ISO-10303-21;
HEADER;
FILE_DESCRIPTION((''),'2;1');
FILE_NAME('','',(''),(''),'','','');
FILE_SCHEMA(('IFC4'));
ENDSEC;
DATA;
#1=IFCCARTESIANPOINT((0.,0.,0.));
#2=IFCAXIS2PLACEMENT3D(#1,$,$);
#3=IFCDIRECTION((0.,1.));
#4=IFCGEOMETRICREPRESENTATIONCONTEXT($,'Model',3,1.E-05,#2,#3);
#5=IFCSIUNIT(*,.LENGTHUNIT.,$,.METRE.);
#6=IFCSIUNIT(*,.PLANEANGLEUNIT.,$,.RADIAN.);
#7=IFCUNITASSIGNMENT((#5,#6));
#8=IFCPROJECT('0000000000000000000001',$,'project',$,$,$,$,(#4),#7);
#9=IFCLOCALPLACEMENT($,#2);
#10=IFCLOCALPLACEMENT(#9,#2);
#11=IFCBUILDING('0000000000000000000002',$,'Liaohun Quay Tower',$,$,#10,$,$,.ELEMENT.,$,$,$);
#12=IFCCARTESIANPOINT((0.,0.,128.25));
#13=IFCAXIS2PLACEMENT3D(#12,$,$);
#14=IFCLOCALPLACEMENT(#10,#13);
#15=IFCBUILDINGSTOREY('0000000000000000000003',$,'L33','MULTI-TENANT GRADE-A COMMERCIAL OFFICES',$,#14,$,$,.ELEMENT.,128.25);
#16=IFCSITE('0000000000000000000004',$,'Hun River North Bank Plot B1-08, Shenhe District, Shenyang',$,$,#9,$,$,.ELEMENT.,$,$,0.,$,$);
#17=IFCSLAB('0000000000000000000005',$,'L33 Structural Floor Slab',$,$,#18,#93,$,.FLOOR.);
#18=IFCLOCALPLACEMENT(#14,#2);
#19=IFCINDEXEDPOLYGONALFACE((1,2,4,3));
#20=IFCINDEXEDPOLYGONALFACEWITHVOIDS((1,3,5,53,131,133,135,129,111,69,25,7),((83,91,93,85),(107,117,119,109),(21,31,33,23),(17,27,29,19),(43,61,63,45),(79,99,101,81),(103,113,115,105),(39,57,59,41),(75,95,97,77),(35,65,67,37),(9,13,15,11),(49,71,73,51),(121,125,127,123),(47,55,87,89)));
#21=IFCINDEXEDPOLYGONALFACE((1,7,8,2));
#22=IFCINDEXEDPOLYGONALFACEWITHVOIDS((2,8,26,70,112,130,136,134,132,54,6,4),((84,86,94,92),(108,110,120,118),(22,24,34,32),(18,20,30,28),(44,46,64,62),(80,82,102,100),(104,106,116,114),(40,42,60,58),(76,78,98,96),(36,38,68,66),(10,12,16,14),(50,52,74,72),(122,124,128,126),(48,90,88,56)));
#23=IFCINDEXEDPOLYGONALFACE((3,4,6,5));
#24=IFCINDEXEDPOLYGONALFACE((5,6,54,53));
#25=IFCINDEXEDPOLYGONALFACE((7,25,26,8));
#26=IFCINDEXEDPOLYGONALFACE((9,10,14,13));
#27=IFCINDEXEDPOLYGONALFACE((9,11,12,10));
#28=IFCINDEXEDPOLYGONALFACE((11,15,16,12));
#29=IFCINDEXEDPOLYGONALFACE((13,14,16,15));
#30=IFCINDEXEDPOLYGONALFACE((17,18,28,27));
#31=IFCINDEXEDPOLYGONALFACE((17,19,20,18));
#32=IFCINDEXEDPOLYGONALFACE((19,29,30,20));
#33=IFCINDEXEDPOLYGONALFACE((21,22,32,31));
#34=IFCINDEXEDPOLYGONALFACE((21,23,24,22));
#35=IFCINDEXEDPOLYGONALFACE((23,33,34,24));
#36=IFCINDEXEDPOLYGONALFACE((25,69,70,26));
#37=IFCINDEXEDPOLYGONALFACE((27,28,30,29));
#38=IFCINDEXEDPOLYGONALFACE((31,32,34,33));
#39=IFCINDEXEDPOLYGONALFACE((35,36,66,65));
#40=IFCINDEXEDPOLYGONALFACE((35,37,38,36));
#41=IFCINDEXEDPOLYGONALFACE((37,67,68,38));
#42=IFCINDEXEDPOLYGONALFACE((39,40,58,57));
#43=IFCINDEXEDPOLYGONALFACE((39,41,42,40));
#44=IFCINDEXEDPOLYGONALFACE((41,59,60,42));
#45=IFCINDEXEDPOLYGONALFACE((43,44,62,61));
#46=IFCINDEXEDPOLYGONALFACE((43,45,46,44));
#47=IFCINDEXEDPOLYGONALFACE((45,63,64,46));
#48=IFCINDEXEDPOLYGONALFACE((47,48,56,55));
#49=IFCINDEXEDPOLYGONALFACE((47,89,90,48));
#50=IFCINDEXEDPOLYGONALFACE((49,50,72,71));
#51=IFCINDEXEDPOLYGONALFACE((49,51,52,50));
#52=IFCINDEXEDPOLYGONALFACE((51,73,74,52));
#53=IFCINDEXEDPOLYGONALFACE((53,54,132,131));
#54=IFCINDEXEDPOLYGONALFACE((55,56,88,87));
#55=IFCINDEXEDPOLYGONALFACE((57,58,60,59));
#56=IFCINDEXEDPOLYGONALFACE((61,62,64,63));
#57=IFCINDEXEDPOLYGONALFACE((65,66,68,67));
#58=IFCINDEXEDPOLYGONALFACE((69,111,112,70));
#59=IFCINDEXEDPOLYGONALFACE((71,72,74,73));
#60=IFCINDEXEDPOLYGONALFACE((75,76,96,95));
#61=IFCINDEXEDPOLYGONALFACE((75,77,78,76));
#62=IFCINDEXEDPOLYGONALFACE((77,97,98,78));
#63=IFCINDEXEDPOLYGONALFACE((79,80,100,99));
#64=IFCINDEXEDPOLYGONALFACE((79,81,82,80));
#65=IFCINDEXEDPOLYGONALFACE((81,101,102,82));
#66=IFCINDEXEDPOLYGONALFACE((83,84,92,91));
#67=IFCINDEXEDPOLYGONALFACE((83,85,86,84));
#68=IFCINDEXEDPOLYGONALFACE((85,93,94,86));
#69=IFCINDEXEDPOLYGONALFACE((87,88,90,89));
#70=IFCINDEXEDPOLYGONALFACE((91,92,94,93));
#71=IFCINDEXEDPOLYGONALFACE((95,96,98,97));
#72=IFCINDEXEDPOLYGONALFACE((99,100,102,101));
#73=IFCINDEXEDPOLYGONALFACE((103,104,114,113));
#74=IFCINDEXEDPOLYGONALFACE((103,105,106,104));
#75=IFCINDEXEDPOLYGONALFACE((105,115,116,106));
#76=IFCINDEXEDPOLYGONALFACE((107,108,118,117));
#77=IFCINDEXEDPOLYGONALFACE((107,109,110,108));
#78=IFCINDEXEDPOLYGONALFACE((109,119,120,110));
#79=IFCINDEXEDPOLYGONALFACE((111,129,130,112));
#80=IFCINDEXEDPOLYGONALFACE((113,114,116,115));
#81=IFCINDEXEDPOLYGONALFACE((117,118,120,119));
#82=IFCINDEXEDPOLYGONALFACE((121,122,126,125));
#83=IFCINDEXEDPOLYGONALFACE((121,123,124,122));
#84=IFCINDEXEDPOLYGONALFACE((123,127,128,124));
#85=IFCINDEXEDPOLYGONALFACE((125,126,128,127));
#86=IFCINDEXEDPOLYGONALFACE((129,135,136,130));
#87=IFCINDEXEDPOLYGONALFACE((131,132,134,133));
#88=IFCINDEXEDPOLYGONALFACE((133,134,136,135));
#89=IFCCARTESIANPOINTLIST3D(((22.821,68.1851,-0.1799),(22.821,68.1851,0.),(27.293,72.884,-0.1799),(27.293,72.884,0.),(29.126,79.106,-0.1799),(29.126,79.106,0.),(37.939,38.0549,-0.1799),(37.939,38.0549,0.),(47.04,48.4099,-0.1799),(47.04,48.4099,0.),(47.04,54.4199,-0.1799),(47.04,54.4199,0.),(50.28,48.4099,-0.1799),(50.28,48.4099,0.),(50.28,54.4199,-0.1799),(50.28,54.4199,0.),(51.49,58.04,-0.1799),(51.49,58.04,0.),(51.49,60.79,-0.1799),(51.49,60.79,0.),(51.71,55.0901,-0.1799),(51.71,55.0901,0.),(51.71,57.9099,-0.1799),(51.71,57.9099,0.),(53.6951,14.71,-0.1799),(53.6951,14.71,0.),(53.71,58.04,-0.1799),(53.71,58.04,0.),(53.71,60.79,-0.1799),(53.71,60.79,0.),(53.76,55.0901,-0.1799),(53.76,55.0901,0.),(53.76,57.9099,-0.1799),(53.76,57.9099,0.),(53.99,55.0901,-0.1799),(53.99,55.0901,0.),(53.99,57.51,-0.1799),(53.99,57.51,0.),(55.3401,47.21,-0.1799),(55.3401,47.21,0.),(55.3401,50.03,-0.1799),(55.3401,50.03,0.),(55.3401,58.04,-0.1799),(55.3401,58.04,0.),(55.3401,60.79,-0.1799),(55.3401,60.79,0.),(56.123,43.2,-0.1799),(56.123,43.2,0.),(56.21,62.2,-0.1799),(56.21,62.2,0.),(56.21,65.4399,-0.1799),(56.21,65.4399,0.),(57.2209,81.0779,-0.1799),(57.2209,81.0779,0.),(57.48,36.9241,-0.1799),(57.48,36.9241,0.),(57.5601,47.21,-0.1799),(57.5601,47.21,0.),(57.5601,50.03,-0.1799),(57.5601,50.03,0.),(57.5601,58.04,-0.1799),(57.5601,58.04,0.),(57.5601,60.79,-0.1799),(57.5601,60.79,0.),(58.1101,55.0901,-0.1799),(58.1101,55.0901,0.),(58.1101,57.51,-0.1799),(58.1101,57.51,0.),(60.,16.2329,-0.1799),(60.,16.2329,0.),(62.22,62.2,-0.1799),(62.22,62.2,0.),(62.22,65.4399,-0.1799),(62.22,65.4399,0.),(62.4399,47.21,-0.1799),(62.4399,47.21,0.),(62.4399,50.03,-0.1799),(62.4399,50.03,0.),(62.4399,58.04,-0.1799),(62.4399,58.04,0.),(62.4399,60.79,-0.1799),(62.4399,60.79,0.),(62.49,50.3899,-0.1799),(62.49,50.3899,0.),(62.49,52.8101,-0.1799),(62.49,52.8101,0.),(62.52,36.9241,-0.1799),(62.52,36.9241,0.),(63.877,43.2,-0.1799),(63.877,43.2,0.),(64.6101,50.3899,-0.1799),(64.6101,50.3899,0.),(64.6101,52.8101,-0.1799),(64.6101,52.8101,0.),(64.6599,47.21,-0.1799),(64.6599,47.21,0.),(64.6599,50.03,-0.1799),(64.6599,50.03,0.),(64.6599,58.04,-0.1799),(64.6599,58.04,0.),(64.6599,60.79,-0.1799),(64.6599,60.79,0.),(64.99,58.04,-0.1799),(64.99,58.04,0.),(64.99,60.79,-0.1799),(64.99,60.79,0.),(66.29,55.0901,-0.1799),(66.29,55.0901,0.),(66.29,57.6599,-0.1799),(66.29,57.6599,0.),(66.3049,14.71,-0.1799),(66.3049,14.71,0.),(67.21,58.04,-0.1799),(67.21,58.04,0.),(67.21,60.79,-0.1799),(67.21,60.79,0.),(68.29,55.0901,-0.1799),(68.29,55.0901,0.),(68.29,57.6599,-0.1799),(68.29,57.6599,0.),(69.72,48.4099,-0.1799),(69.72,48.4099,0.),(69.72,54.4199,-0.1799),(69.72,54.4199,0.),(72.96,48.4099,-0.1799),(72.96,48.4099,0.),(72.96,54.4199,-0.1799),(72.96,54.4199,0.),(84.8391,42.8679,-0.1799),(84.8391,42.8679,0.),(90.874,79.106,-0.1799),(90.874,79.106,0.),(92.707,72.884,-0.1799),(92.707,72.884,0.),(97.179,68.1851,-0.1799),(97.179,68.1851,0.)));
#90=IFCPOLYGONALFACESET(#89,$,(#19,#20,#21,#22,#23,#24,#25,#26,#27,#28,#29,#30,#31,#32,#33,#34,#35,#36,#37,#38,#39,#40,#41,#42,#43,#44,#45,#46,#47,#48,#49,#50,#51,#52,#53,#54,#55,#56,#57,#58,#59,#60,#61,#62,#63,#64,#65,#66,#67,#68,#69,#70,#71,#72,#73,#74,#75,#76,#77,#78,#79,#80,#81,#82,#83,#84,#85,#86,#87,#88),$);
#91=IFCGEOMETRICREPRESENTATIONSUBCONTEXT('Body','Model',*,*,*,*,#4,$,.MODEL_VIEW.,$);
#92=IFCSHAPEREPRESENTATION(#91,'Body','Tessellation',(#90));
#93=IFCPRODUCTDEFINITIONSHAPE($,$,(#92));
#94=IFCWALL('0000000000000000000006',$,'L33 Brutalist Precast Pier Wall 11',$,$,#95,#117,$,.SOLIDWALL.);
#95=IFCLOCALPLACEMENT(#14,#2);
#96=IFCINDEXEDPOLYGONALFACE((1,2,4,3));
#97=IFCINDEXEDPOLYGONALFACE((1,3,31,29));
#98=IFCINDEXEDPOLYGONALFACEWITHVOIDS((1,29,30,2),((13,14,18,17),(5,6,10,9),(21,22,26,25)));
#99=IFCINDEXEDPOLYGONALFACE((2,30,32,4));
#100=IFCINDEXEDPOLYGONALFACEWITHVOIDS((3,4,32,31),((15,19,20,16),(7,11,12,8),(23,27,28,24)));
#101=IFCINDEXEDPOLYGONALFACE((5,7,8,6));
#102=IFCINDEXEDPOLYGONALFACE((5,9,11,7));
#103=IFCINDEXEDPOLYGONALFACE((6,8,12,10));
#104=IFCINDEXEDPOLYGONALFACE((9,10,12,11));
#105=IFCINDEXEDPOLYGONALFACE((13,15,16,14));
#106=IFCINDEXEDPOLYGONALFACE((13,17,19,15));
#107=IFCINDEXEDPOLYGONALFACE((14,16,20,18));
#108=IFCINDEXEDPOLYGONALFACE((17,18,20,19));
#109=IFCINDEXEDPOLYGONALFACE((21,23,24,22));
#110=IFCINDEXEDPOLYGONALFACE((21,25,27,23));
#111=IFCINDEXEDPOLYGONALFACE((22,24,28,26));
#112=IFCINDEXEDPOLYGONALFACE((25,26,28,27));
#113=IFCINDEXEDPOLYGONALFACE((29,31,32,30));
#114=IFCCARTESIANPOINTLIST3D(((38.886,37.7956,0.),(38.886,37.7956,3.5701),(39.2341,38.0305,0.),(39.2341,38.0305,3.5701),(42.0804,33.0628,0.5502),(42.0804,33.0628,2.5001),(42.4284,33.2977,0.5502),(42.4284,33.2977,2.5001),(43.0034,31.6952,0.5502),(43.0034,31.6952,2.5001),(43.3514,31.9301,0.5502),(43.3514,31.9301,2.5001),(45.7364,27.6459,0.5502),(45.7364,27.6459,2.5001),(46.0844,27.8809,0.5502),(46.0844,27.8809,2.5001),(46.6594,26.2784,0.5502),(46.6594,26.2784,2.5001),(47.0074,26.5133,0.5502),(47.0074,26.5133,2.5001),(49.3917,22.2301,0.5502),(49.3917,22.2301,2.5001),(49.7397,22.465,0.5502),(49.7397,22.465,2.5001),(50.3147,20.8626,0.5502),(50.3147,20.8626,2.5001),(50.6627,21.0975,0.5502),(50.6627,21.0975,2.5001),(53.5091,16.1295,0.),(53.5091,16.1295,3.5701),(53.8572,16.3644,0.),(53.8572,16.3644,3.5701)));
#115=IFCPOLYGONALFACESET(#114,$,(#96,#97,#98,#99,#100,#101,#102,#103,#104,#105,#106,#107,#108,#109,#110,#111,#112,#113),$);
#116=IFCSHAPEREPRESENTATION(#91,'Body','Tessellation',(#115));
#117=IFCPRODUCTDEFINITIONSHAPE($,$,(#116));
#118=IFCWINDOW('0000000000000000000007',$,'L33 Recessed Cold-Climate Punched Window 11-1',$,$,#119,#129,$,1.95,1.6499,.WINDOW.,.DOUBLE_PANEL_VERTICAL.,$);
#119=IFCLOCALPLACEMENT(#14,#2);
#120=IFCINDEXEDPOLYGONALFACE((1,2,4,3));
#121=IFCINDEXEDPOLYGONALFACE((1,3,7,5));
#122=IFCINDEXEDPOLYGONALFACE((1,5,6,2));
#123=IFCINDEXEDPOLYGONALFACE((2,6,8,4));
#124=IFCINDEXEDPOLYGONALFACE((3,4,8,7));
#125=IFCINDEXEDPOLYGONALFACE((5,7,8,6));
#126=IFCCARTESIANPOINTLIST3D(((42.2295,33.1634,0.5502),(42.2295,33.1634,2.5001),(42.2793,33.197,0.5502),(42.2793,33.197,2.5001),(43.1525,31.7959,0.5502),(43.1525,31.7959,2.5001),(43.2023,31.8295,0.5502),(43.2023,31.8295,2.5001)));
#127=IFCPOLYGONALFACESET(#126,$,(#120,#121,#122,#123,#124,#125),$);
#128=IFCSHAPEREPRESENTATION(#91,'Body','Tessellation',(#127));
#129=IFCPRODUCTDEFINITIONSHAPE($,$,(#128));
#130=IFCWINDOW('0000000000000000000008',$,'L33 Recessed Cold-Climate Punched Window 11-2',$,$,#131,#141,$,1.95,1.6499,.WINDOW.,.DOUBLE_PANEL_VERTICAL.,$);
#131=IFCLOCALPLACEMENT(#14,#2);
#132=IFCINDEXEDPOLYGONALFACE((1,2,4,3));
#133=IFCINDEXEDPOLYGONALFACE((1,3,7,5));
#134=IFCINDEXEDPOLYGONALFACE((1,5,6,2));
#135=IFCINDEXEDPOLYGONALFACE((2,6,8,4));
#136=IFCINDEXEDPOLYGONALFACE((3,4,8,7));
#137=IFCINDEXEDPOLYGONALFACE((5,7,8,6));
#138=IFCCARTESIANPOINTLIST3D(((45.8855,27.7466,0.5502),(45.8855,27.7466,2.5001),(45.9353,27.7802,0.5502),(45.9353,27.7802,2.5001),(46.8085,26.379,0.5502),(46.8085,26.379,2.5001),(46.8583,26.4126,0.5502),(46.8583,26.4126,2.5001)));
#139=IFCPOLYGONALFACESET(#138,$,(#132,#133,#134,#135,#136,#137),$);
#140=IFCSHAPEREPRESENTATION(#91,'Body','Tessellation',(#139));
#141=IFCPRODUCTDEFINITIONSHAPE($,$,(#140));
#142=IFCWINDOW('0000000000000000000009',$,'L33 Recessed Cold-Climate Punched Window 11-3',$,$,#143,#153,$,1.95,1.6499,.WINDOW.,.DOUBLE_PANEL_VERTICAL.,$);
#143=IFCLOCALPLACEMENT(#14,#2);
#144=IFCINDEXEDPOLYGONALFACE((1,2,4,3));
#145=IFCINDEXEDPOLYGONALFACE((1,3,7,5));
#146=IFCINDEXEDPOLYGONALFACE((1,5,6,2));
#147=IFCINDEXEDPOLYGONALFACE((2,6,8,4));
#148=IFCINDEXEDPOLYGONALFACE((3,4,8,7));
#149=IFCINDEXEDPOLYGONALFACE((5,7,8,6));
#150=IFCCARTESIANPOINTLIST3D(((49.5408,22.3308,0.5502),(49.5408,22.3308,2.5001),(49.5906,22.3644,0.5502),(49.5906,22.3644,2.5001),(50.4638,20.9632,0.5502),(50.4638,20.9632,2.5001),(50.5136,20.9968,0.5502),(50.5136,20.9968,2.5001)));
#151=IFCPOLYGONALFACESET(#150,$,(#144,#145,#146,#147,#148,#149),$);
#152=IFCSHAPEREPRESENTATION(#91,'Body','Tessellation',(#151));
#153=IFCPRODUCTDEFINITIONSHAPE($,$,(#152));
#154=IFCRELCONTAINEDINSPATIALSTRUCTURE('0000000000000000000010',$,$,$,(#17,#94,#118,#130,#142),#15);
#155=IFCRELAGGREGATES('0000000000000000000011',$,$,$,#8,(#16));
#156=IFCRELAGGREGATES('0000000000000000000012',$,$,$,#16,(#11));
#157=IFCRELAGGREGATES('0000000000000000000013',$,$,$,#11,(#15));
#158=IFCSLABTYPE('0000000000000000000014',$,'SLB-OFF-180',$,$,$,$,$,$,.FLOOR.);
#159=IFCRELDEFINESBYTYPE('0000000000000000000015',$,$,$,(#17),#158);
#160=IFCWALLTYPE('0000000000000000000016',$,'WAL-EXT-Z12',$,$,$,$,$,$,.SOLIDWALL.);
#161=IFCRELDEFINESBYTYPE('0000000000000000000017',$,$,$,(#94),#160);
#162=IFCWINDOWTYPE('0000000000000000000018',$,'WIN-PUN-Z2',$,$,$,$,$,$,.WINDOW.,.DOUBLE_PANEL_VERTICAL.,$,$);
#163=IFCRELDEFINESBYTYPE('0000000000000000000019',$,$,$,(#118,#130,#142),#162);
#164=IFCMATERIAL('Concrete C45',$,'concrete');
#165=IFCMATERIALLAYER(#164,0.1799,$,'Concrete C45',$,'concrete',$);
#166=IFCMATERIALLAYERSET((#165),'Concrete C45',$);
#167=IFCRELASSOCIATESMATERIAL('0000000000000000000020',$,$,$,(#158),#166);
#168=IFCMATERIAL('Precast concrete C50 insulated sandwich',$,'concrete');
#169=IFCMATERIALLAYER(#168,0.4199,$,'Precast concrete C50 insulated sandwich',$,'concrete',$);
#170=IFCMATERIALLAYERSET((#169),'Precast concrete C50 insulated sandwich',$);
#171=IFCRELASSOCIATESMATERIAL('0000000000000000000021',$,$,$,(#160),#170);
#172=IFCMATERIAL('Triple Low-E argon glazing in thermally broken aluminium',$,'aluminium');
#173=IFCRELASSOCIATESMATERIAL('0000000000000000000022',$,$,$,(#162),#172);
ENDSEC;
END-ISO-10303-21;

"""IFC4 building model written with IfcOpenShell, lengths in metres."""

from ifc_helpers import new_model, si_unit, direction, frame, frame_2d, origin, place, context, subcontext, project, spatial, polyline, rectangle, outline, extrude, source, transform, mapped, material, layer, layer_set, type_object, element, fill, save


model = new_model("IFC4")

# Units and contexts
model_context = context("Model", 3, precision=1e-05, world=origin(), true_north=direction((0.0, 1.0)))
body_context = subcontext(model_context, "Body", "Model", "MODEL_VIEW")
ifc_project = project(units=[si_unit("LENGTHUNIT", "METRE"), si_unit("PLANEANGLEUNIT", "RADIAN")], contexts=[model_context])

# Site, building, storey
site_placement = place(None, origin())
site = spatial("IfcSite", under=ifc_project, at=site_placement, Name="Hun River North Bank Plot B1-08, Shenhe District, Shenyang", CompositionType="ELEMENT", RefElevation=0.0)
building_placement = place(site_placement, origin())
building = spatial("IfcBuilding", under=site, at=building_placement, Name="Liaohun Quay Tower", CompositionType="ELEMENT")
storey_placement = place(building_placement, frame((0.0, 0.0, 128.25)))
storey = spatial("IfcBuildingStorey", under=building, at=storey_placement, Name="L33", Description="MULTI-TENANT GRADE-A COMMERCIAL OFFICES", CompositionType="ELEMENT", Elevation=128.25)

# Shared definitions
ifc_material_1 = material(Name="Concrete C45", Category="concrete")

# Slab
ifc_layer_1 = layer(ifc_material_1, 0.1799, Name="Concrete C45", Category="concrete")
ifc_layer_set_1 = layer_set([ifc_layer_1], Name="Concrete C45")
slab_type_1 = type_object("IfcSlabType", Name="SLB-OFF-180", PredefinedType="FLOOR", material=ifc_layer_set_1)
slab_1_placement = place(storey_placement, frame((0.0, 0.0, -0.1799)))
element("IfcSlab", 1, at=slab_1_placement, inside=storey, type_object=slab_type_1, Name="L33 Structural Floor Slab", PredefinedType="FLOOR", context=body_context, shape_type="SweptSolid", body=[
    extrude(outline(polyline([(53.6951, 14.71), (60.0, 16.2329), (66.3049, 14.71), (84.8391, 42.8679), (97.179, 68.1851), (92.707, 72.884), (90.874, 79.106), (57.2209, 81.0779), (29.126, 79.106), (27.293, 72.884), (22.821, 68.1851), (37.939, 38.0549), (53.6951, 14.71)]), holes=[polyline([(57.5601, 50.03), (55.3401, 50.03), (55.3401, 47.21), (57.5601, 47.21), (57.5601, 50.03)]), polyline([(50.28, 54.4199), (47.04, 54.4199), (47.04, 48.4099), (50.28, 48.4099), (50.28, 54.4199)]), polyline([(53.99, 55.0901), (58.1101, 55.0901), (58.1101, 57.51), (53.99, 57.51), (53.99, 55.0901)]), polyline([(53.76, 55.0901), (53.76, 57.9099), (51.71, 57.9099), (51.71, 55.0901), (53.76, 55.0901)]), polyline([(53.71, 58.04), (53.71, 60.79), (51.49, 60.79), (51.49, 58.04), (53.71, 58.04)]), polyline([(57.5601, 58.04), (57.5601, 60.79), (55.3401, 60.79), (55.3401, 58.04), (57.5601, 58.04)]), polyline([(62.22, 62.2), (62.22, 65.4399), (56.21, 65.4399), (56.21, 62.2), (62.22, 62.2)]), polyline([(62.52, 36.9241), (63.877, 43.2), (56.123, 43.2), (57.48, 36.9241), (62.52, 36.9241)]), polyline([(64.6599, 47.21), (64.6599, 50.03), (62.4399, 50.03), (62.4399, 47.21), (64.6599, 47.21)]), polyline([(72.96, 54.4199), (69.72, 54.4199), (69.72, 48.4099), (72.96, 48.4099), (72.96, 54.4199)]), polyline([(64.6101, 50.3899), (64.6101, 52.8101), (62.49, 52.8101), (62.49, 50.3899), (64.6101, 50.3899)]), polyline([(68.29, 55.0901), (68.29, 57.6599), (66.29, 57.6599), (66.29, 55.0901), (68.29, 55.0901)]), polyline([(64.6599, 58.04), (64.6599, 60.79), (62.4399, 60.79), (62.4399, 58.04), (64.6599, 58.04)]), polyline([(67.21, 58.04), (67.21, 60.79), (64.99, 60.79), (64.99, 58.04), (67.21, 58.04)])]), origin(), (0.0, 0.0, 1.0), 0.1799),
])

# Wall, openings, windows
ifc_material_2 = material(Name="Precast concrete C50 insulated sandwich", Category="concrete")
ifc_layer_2 = layer(ifc_material_2, 0.4199, Name="Precast concrete C50 insulated sandwich", Category="concrete")
ifc_layer_set_2 = layer_set([ifc_layer_2], Name="Precast concrete C50 insulated sandwich")
wall_type_1 = type_object("IfcWallType", Name="WAL-EXT-Z12", PredefinedType="SOLIDWALL", material=ifc_layer_set_2)
wall_1_placement = place(storey_placement, frame((39.0601, 37.9131, 0.0), z_axis=(0.0, 0.0, 1.0), x_axis=(0.559433, -0.828876, 0.0)))
wall_1 = element("IfcWall", 2, at=wall_1_placement, inside=storey, type_object=wall_type_1, Name="L33 Brutalist Precast Pier Wall 11", PredefinedType="SOLIDWALL", context=body_context, shape_type="SweptSolid", body=[
    extrude(rectangle(XDim=26.1392, YDim=0.4199, at=frame_2d((13.0696, 0.0))), origin(), (0.0, 0.0, 1.0), 3.5701),
])
shared_shape_1 = source(origin(), body_context, "Body", "SweptSolid", [
    extrude(rectangle(XDim=1.6499, YDim=1.95, at=frame_2d((0.825, 0.9751))), frame((0.0, 0.22, 0.0), z_axis=(0.0, -1.0, 0.0), x_axis=(1.0, 0.0, 0.0)), (0.0, 0.0, 1.0), 0.4399),
])
opening_1_placement = place(wall_1_placement, frame((5.71, 0.0, 0.55)))
opening_1 = element("IfcOpeningElement", 3, at=opening_1_placement, cuts=wall_1, PredefinedType="OPENING", context=body_context, shape_type="MappedRepresentation", body=[
    mapped(shared_shape_1, transform((0.0, 0.0, 0.0), x_axis=(1.0, 0.0, 0.0), y_axis=(0.0, 1.0, 0.0), z_axis=(0.0, 0.0, 1.0), scale=1.0)),
])
opening_2_placement = place(wall_1_placement, frame((12.2451, 0.0, 0.55)))
opening_2 = element("IfcOpeningElement", 4, at=opening_2_placement, cuts=wall_1, PredefinedType="OPENING", context=body_context, shape_type="MappedRepresentation", body=[
    mapped(shared_shape_1, transform((0.0, 0.0, 0.0), x_axis=(1.0, 0.0, 0.0), y_axis=(0.0, 1.0, 0.0), z_axis=(0.0, 0.0, 1.0), scale=1.0)),
])
opening_3_placement = place(wall_1_placement, frame((18.7791, 0.0, 0.55)))
opening_3 = element("IfcOpeningElement", 5, at=opening_3_placement, cuts=wall_1, PredefinedType="OPENING", context=body_context, shape_type="MappedRepresentation", body=[
    mapped(shared_shape_1, transform((0.0, 0.0, 0.0), x_axis=(1.0, 0.0, 0.0), y_axis=(0.0, 1.0, 0.0), z_axis=(0.0, 0.0, 1.0), scale=1.0)),
])
ifc_material_3 = material(Name="Triple Low-E argon glazing in thermally broken aluminium", Category="aluminium")
window_type = type_object("IfcWindowType", Name="WIN-PUN-Z2", PartitioningType="DOUBLE_PANEL_VERTICAL", PredefinedType="WINDOW", material=ifc_material_3)
shared_shape_2 = source(origin(), body_context, "Body", "SweptSolid", [
    extrude(rectangle(XDim=1.6499, YDim=1.95, at=frame_2d((0.825, 0.9751))), frame((0.0, 0.03, 0.0), z_axis=(0.0, -1.0, 0.0), x_axis=(1.0, 0.0, 0.0)), (0.0, 0.0, 1.0), 0.0601),
])
window_1_placement = place(opening_1_placement, origin())
window_1 = element("IfcWindow", 6, at=window_1_placement, inside=storey, type_object=window_type, Name="L33 Recessed Cold-Climate Punched Window 11-1", OverallHeight=1.95, OverallWidth=1.6499, PartitioningType="DOUBLE_PANEL_VERTICAL", PredefinedType="WINDOW", context=body_context, shape_type="MappedRepresentation", body=[
    mapped(shared_shape_2, transform((0.0, 0.0, 0.0), x_axis=(1.0, 0.0, 0.0), y_axis=(0.0, 1.0, 0.0), z_axis=(0.0, 0.0, 1.0), scale=1.0)),
])
fill(opening_1, window_1)
window_2_placement = place(opening_2_placement, origin())
window_2 = element("IfcWindow", 7, at=window_2_placement, inside=storey, type_object=window_type, Name="L33 Recessed Cold-Climate Punched Window 11-2", OverallHeight=1.95, OverallWidth=1.6499, PartitioningType="DOUBLE_PANEL_VERTICAL", PredefinedType="WINDOW", context=body_context, shape_type="MappedRepresentation", body=[
    mapped(shared_shape_2, transform((0.0, 0.0, 0.0), x_axis=(1.0, 0.0, 0.0), y_axis=(0.0, 1.0, 0.0), z_axis=(0.0, 0.0, 1.0), scale=1.0)),
])
fill(opening_2, window_2)
window_3_placement = place(opening_3_placement, origin())
window_3 = element("IfcWindow", 8, at=window_3_placement, inside=storey, type_object=window_type, Name="L33 Recessed Cold-Climate Punched Window 11-3", OverallHeight=1.95, OverallWidth=1.6499, PartitioningType="DOUBLE_PANEL_VERTICAL", PredefinedType="WINDOW", context=body_context, shape_type="MappedRepresentation", body=[
    mapped(shared_shape_2, transform((0.0, 0.0, 0.0), x_axis=(1.0, 0.0, 0.0), y_axis=(0.0, 1.0, 0.0), z_axis=(0.0, 0.0, 1.0), scale=1.0)),
])
fill(opening_3, window_3)

save(model, "model.ifc")
